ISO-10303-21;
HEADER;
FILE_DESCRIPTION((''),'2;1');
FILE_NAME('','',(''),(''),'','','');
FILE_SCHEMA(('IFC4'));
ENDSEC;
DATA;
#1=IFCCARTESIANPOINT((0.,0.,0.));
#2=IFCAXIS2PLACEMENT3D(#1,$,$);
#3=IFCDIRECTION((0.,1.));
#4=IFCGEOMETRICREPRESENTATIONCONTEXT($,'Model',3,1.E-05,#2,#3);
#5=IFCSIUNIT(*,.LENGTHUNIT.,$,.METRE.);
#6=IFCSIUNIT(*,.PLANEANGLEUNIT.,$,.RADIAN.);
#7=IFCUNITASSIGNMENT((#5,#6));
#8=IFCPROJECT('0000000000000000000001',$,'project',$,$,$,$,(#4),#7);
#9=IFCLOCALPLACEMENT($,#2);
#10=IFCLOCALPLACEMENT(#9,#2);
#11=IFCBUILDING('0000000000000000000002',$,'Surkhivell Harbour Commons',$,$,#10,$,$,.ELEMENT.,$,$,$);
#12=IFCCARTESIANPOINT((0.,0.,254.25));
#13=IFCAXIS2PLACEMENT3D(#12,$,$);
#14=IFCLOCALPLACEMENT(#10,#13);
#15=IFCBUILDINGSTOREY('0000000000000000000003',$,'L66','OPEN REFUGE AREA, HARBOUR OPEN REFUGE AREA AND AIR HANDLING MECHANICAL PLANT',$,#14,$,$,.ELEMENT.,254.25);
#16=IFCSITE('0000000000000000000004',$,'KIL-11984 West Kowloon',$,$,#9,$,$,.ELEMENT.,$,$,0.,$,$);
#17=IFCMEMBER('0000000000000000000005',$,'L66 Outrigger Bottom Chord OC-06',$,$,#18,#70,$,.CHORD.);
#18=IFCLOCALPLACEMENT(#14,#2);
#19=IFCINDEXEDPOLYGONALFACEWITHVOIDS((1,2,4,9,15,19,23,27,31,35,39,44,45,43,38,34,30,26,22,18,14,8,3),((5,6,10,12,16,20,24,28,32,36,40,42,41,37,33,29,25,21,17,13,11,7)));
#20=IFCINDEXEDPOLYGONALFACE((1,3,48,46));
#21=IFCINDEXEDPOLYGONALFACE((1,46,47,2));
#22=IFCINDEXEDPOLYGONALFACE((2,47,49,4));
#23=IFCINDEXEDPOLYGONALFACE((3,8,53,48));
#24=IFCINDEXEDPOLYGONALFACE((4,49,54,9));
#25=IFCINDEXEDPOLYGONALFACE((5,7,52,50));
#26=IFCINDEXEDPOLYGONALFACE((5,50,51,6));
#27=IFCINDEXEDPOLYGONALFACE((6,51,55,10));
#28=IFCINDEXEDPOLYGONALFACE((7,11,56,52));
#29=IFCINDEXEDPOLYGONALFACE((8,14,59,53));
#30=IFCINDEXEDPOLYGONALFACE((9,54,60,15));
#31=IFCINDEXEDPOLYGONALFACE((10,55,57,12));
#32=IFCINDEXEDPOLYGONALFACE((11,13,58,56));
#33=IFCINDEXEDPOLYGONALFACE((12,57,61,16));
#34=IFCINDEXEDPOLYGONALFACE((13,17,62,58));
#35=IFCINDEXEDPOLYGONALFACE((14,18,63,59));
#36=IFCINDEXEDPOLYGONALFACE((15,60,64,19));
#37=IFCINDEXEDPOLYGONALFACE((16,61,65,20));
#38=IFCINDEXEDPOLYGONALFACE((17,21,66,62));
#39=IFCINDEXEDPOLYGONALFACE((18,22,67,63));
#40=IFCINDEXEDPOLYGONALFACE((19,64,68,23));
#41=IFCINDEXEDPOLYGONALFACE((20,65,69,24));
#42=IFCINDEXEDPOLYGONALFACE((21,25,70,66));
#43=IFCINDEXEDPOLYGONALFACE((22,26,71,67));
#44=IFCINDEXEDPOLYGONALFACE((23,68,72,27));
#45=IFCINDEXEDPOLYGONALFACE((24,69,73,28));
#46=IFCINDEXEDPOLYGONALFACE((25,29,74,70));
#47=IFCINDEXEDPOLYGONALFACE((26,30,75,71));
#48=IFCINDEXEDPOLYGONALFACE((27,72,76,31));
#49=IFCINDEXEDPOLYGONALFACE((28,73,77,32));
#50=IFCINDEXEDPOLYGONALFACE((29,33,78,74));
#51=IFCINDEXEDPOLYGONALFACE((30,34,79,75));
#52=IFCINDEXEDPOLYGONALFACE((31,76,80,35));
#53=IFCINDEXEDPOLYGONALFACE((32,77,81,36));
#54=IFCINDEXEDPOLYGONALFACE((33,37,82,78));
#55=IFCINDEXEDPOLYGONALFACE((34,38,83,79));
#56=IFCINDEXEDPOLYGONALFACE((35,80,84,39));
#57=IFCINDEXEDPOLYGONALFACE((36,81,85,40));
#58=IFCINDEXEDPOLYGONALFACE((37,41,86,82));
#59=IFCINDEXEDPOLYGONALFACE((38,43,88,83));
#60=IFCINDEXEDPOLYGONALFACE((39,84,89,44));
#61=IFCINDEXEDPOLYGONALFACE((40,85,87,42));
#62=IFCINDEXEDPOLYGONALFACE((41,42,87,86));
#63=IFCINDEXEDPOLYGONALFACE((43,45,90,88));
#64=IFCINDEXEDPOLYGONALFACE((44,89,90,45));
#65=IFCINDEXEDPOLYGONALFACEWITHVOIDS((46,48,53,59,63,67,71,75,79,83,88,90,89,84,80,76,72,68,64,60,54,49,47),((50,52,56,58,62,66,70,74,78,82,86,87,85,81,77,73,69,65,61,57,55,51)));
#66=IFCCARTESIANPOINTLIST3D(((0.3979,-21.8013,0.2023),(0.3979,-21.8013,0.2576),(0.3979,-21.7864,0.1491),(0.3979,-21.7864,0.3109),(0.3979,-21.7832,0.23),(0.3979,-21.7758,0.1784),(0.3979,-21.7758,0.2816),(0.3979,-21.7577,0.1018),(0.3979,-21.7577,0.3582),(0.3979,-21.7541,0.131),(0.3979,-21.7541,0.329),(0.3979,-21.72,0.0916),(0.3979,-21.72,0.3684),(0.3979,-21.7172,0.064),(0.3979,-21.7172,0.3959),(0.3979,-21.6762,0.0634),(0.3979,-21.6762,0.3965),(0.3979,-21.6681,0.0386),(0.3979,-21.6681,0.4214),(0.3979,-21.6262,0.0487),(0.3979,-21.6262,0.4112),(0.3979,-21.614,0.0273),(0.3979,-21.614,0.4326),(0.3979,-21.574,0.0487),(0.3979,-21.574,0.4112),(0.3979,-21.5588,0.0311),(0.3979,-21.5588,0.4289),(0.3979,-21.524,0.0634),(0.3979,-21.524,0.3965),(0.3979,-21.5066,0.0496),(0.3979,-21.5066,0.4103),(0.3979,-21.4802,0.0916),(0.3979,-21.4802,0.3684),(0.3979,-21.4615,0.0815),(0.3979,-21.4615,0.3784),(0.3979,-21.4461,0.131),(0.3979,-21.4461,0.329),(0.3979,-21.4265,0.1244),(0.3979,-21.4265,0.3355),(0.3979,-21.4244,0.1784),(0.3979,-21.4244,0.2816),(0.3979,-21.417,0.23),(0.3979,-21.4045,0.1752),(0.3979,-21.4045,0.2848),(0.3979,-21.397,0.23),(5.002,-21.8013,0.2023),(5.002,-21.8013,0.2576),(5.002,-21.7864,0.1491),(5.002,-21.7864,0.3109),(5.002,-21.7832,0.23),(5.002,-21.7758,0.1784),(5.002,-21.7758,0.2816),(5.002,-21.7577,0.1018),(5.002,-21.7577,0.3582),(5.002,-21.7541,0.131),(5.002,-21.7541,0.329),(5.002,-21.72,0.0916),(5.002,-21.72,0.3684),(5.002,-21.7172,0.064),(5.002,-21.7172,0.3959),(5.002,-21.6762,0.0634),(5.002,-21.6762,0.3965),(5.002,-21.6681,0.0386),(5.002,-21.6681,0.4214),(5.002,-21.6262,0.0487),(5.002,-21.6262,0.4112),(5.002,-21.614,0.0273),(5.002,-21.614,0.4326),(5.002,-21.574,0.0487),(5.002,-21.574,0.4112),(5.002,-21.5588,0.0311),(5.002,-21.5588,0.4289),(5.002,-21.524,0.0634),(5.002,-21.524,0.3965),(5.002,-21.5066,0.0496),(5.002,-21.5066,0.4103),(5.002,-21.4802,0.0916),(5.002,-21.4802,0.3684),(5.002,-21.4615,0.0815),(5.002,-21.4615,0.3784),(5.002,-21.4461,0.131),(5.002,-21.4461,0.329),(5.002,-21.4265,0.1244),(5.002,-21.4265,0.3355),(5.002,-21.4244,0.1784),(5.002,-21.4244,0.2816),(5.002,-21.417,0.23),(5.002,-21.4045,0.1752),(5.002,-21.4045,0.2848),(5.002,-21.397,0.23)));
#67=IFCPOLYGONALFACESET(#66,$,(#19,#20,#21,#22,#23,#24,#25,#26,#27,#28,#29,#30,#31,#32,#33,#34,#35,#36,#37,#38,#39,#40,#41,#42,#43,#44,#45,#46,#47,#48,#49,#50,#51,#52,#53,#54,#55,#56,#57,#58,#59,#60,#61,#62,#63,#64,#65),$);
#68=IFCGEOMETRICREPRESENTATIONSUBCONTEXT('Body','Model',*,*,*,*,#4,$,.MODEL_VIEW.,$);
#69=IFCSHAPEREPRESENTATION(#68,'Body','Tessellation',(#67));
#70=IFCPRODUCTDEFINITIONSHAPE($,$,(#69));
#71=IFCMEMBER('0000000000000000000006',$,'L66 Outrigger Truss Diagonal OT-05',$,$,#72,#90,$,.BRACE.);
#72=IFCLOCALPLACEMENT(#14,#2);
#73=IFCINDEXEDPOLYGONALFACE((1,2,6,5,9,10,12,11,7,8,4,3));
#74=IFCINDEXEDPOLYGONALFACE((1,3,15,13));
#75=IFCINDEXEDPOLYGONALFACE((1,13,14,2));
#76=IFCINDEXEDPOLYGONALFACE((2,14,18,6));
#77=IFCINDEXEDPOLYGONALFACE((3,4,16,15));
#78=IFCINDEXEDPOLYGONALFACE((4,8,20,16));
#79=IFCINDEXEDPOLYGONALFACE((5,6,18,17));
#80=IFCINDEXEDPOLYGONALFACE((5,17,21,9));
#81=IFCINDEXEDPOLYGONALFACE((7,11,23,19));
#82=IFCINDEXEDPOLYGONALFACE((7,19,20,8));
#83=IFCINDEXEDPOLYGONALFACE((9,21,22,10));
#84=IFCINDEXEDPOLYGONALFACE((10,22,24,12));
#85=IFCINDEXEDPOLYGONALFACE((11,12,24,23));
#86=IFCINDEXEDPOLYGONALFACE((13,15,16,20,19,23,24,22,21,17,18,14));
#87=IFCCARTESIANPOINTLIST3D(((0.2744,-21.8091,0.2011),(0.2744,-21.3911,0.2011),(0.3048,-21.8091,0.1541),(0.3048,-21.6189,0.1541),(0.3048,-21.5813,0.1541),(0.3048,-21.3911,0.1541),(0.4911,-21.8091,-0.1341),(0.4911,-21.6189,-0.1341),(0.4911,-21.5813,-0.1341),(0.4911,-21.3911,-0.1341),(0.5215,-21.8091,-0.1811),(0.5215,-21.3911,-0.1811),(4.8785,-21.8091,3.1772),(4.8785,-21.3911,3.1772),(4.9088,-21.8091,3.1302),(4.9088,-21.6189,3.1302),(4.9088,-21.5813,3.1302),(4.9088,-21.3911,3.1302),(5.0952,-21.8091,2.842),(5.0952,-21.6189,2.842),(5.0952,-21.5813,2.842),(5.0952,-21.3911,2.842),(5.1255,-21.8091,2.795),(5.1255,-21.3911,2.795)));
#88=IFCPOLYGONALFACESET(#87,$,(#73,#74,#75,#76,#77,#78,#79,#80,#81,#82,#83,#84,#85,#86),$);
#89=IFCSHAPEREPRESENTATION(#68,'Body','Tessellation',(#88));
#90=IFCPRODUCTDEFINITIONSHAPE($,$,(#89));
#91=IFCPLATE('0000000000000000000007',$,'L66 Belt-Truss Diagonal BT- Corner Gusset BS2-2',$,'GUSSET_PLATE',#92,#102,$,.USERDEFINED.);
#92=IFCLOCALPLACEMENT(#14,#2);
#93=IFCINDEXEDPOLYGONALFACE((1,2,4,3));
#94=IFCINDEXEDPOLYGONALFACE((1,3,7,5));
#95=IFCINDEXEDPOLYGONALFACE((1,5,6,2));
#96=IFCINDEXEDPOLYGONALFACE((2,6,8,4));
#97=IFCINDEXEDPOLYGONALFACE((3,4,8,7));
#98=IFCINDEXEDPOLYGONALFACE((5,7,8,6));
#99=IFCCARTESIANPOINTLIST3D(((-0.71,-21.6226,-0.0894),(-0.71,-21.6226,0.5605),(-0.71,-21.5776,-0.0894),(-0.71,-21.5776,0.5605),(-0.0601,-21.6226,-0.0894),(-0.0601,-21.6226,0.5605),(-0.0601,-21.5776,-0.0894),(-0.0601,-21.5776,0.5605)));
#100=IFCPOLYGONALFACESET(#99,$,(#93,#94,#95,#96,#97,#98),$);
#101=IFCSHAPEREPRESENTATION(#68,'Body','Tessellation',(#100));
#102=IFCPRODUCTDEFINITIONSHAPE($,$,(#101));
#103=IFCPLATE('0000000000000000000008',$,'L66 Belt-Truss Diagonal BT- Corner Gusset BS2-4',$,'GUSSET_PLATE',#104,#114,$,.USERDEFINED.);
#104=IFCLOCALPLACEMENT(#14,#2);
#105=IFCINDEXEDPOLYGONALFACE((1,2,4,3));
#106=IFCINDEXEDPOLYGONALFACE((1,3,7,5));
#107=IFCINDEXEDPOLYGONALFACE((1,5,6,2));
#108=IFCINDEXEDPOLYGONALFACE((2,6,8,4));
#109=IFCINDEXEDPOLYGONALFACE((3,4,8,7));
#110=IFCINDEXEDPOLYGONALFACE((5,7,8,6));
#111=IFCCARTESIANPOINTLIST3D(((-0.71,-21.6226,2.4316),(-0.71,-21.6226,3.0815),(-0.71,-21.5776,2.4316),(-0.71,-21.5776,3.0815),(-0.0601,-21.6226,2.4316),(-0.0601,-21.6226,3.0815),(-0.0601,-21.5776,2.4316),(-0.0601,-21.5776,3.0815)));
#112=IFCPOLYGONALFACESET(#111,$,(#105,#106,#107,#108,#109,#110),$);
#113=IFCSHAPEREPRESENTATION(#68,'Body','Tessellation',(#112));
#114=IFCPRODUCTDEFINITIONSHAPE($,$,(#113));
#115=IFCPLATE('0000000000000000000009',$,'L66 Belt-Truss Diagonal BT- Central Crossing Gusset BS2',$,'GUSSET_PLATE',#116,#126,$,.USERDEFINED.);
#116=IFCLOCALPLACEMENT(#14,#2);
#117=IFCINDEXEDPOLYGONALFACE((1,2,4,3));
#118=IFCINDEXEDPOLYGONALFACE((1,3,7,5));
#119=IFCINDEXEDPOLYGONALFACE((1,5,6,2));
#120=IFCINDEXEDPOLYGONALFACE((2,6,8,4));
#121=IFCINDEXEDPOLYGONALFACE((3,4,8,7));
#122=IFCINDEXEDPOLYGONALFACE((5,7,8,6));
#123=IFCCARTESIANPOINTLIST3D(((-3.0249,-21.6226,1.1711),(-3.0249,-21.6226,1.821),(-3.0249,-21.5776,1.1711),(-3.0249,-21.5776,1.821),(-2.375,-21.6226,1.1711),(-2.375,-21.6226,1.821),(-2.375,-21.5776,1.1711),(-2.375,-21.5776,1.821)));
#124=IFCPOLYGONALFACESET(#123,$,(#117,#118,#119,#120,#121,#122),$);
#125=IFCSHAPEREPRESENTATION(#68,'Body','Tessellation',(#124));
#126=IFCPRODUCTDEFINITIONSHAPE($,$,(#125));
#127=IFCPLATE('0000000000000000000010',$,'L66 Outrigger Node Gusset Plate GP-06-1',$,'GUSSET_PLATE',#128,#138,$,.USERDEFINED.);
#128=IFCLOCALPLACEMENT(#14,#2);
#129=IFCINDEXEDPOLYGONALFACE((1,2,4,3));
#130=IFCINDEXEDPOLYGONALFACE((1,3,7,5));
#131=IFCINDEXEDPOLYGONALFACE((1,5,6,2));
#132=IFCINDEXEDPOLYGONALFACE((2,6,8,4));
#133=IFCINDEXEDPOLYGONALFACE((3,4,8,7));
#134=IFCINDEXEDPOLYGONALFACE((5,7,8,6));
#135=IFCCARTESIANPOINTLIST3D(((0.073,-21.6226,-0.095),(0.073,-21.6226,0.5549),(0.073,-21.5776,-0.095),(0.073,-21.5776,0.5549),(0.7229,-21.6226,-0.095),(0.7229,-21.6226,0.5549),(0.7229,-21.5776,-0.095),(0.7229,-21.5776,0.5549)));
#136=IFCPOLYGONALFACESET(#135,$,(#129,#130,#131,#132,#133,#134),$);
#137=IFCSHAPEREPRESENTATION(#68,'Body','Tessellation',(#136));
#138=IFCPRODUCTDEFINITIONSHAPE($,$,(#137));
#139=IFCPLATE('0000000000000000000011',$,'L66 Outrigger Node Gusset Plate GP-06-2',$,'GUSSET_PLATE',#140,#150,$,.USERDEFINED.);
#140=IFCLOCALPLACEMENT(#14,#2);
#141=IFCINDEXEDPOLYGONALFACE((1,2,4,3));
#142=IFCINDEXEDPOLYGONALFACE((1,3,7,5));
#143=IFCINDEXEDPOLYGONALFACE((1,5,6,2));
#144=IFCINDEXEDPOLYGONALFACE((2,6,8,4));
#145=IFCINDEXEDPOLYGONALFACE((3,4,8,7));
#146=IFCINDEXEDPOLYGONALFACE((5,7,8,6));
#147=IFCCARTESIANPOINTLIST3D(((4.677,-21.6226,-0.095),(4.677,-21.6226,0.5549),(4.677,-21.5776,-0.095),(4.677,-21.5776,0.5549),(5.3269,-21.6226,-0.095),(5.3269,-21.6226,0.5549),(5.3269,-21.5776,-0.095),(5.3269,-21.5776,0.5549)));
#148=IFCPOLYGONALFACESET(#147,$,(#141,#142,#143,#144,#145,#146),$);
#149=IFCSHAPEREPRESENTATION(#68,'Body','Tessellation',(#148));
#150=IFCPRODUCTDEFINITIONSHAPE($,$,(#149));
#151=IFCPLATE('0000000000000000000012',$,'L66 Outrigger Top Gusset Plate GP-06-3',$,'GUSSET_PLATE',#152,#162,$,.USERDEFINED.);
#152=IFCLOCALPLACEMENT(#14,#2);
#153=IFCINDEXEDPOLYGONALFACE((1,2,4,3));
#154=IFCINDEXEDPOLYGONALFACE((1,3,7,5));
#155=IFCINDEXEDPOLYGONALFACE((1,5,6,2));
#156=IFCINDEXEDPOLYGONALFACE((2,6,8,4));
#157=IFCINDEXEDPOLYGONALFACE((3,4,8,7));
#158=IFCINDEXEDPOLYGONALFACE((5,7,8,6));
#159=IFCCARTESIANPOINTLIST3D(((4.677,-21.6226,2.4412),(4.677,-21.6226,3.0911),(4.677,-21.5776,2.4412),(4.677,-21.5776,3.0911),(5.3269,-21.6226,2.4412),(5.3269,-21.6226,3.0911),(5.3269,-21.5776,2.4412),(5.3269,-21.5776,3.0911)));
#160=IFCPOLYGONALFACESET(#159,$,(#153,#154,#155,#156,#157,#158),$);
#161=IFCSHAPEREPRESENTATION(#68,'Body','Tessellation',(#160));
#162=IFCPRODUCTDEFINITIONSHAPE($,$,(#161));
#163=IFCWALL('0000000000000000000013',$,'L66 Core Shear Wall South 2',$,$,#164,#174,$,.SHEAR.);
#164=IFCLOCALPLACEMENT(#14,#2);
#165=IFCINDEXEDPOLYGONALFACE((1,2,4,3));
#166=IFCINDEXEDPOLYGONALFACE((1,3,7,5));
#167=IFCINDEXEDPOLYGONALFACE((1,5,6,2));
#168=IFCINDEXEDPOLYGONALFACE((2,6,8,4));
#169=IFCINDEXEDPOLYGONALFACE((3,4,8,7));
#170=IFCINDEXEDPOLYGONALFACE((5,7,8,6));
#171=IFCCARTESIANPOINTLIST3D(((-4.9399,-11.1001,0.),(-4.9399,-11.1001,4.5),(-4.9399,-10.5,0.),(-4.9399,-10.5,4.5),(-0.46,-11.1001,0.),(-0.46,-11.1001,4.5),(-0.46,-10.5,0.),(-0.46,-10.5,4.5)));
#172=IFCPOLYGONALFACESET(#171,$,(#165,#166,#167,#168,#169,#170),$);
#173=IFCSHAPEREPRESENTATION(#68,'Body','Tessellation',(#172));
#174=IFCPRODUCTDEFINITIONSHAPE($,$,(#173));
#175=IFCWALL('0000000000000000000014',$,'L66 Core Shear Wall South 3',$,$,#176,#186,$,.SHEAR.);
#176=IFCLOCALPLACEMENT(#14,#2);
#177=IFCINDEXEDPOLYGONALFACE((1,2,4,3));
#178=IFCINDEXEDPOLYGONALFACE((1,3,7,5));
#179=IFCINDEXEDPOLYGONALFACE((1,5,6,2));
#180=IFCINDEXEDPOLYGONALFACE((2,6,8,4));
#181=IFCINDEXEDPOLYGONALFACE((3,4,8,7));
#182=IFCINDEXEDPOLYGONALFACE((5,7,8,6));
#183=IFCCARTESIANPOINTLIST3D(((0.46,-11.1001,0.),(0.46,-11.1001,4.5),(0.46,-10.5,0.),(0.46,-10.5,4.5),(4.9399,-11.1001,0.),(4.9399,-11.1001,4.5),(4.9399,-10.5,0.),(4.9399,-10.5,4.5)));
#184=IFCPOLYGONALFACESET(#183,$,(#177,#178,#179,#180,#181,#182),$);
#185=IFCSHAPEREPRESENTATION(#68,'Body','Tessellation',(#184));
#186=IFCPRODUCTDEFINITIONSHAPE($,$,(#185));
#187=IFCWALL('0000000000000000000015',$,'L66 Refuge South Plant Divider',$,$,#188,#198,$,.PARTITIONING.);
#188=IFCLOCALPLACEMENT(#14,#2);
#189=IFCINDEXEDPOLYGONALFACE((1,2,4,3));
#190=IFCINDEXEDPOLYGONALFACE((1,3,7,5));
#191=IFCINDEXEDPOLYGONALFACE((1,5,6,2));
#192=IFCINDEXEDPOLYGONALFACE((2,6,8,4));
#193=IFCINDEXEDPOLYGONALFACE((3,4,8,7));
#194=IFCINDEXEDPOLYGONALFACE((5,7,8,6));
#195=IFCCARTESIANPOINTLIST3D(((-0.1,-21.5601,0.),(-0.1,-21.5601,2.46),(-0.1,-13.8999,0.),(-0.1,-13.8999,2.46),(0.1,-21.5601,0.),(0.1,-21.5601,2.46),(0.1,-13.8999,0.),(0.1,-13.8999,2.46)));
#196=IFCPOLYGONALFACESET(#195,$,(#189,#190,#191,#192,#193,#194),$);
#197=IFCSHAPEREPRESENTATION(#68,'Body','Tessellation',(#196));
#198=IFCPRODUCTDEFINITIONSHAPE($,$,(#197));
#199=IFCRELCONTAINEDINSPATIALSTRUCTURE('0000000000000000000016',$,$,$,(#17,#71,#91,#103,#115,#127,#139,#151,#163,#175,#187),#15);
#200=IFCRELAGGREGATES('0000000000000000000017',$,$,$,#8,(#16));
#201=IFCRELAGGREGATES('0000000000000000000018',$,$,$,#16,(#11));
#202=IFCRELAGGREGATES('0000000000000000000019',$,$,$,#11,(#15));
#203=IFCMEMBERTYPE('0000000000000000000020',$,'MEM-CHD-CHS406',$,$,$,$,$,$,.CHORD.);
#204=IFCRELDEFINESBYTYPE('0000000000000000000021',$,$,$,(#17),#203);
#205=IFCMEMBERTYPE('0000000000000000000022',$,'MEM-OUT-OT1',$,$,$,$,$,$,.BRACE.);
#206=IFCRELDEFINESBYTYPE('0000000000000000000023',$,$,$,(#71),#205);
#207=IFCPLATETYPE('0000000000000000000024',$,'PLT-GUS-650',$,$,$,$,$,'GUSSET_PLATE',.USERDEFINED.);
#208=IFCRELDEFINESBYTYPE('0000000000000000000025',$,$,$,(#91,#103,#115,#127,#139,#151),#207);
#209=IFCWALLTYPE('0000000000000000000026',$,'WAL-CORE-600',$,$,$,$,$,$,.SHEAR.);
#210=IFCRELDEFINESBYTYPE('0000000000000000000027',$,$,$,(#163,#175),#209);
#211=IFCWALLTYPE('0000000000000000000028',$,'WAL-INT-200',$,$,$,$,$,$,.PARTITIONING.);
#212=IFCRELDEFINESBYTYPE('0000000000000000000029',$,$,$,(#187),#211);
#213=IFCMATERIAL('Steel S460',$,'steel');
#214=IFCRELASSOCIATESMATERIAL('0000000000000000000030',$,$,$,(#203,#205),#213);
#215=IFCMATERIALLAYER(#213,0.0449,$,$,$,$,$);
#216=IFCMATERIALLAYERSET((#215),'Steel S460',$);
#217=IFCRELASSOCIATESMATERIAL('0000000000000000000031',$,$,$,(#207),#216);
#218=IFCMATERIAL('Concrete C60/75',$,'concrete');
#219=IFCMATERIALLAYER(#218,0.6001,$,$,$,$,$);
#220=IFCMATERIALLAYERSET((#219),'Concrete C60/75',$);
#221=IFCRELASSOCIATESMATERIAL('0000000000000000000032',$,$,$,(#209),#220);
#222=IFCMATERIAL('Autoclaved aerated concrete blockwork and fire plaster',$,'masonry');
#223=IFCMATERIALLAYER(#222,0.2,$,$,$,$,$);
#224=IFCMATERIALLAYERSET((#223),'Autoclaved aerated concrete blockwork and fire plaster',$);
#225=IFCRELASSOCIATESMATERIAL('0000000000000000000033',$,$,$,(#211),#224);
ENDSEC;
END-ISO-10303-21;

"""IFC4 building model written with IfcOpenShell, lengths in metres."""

from ifc_helpers import new_model, si_unit, direction, frame, frame_2d, origin, origin_2d, place, context, subcontext, project, spatial, rectangle, hollow_circle, i_section, extrude, material, layer, layer_set, material_profile, profile_set, type_object, element, save


model = new_model("IFC4")

# Units and contexts
model_context = context("Model", 3, precision=1e-05, world=origin(), true_north=direction((0.0, 1.0)))
body_context = subcontext(model_context, "Body", "Model", "MODEL_VIEW")
ifc_project = project(units=[si_unit("LENGTHUNIT", "METRE"), si_unit("PLANEANGLEUNIT", "RADIAN")], contexts=[model_context])

# Site, building, storey
site_placement = place(None, origin())
site = spatial("IfcSite", under=ifc_project, at=site_placement, Name="KIL-11984 West Kowloon", CompositionType="ELEMENT", RefElevation=0.0)
building_placement = place(site_placement, origin())
building = spatial("IfcBuilding", under=site, at=building_placement, Name="Surkhivell Harbour Commons", CompositionType="ELEMENT")
storey_placement = place(building_placement, frame((0.0, 0.0, 254.25)))
storey = spatial("IfcBuildingStorey", under=building, at=storey_placement, Name="L66", Description="OPEN REFUGE AREA, HARBOUR OPEN REFUGE AREA AND AIR HANDLING MECHANICAL PLANT", CompositionType="ELEMENT", Elevation=254.25)

# Shared definitions
ifc_material_1 = material(Name="Concrete C60/75", Category="concrete")

# Shared definitions
ifc_material_2 = material(Name="Steel S460", Category="steel")

# Members
ifc_material_profile_1 = material_profile(ifc_material_2, hollow_circle(Radius=0.2031, WallThickness=0.02, at=origin_2d()), Name="CHS406x20")
ifc_profile_set_1 = profile_set([ifc_material_profile_1], Name="Steel S460")
member_type_1 = type_object("IfcMemberType", Name="MEM-CHD-CHS406", PredefinedType="CHORD", material=ifc_profile_set_1)
member_1_placement = place(storey_placement, frame((0.3979, -21.6001, 0.23), z_axis=(1.0, 0.0, 0.0), x_axis=(0.0, 1.0, 0.0)))
element("IfcMember", 1, at=member_1_placement, inside=storey, type_object=member_type_1, Name="L66 Outrigger Bottom Chord OC-06", PredefinedType="CHORD", context=body_context, shape_type="SweptSolid", body=[
    extrude(hollow_circle(Radius=0.2031, WallThickness=0.02, at=origin_2d()), origin(), (0.0, 0.0, 1.0), 4.604),
])
ifc_material_profile_2 = material_profile(ifc_material_2, i_section(OverallWidth=0.418, OverallDepth=0.4551, WebThickness=0.0376, FlangeThickness=0.0559, at=origin_2d()), Name="HD400x551")
ifc_profile_set_2 = profile_set([ifc_material_profile_2], Name="Steel S460")
member_type_2 = type_object("IfcMemberType", Name="MEM-OUT-OT1", PredefinedType="BRACE", material=ifc_profile_set_2)
member_2_placement = place(storey_placement, frame((0.3979, -21.6001, 0.01), z_axis=(0.839819, 0.0, 0.542867), x_axis=(0.0, 1.0, 0.0)))
element("IfcMember", 2, at=member_2_placement, inside=storey, type_object=member_type_2, Name="L66 Outrigger Truss Diagonal OT-05", PredefinedType="BRACE", context=body_context, shape_type="SweptSolid", body=[
    extrude(i_section(OverallWidth=0.418, OverallDepth=0.4551, WebThickness=0.0376, FlangeThickness=0.0559, at=origin_2d()), origin(), (0.0, 0.0, 1.0), 5.4822),
])

# Plates
ifc_layer_1 = layer(ifc_material_2, 0.0449)
ifc_layer_set_1 = layer_set([ifc_layer_1], Name="Steel S460")
plate_type = type_object("IfcPlateType", Name="PLT-GUS-650", ElementType="GUSSET_PLATE", PredefinedType="USERDEFINED", material=ifc_layer_set_1)
for number, where, z_axis, x_axis, name in (
    (3, (-0.385, -21.6001, -0.0894), (0.0, 0.0, 1.0), (1.0, 0.0, 0.0), "L66 Belt-Truss Diagonal BT- Corner Gusset BS2-2"),
    (4, (-0.385, -21.6001, 2.4316), (0.0, 0.0, 1.0), (1.0, 0.0, 0.0), "L66 Belt-Truss Diagonal BT- Corner Gusset BS2-4"),
    (5, (-2.7, -21.6001, 1.1711), (0.0, 0.0, 1.0), (1.0, 0.0, 0.0), "L66 Belt-Truss Diagonal BT- Central Crossing Gusset BS2"),
    (6, (0.3979, -21.6001, -0.095), (0.0, 0.0, 1.0), (1.0, 0.0, 0.0), "L66 Outrigger Node Gusset Plate GP-06-1"),
    (7, (5.002, -21.6001, -0.095), (0.0, 0.0, 1.0), (1.0, 0.0, 0.0), "L66 Outrigger Node Gusset Plate GP-06-2"),
    (8, (5.002, -21.6001, 2.4412), (0.0, 0.0, 1.0), (1.0, 0.0, 0.0), "L66 Outrigger Top Gusset Plate GP-06-3"),
):
    element("IfcPlate", number, at=place(storey_placement, frame(where, z_axis=z_axis, x_axis=x_axis)), inside=storey, type_object=plate_type, Name=name, ObjectType="GUSSET_PLATE", PredefinedType="USERDEFINED", context=body_context, shape_type="SweptSolid", body=[
        extrude(rectangle(XDim=0.6499, YDim=0.0449, at=origin_2d()), origin(), (0.0, 0.0, 1.0), 0.6499),
    ])

# Walls
ifc_layer_2 = layer(ifc_material_1, 0.6001)
ifc_layer_set_2 = layer_set([ifc_layer_2], Name="Concrete C60/75")
wall_type_1 = type_object("IfcWallType", Name="WAL-CORE-600", PredefinedType="SHEAR", material=ifc_layer_set_2)
for number, where, z_axis, x_axis, name in (
    (9, (-4.9399, -10.8, 0.0), (0.0, 0.0, 1.0), (1.0, 0.0, 0.0), "L66 Core Shear Wall South 2"),
    (10, (0.46, -10.8, 0.0), (0.0, 0.0, 1.0), (1.0, 0.0, 0.0), "L66 Core Shear Wall South 3"),
):
    element("IfcWall", number, at=place(storey_placement, frame(where, z_axis=z_axis, x_axis=x_axis)), inside=storey, type_object=wall_type_1, Name=name, PredefinedType="SHEAR", context=body_context, shape_type="SweptSolid", body=[
        extrude(rectangle(XDim=4.48, YDim=0.6001, at=frame_2d((2.24, 0.0))), origin(), (0.0, 0.0, 1.0), 4.5),
    ])
ifc_material_3 = material(Name="Autoclaved aerated concrete blockwork and fire plaster", Category="masonry")
ifc_layer_3 = layer(ifc_material_3, 0.2)
ifc_layer_set_3 = layer_set([ifc_layer_3], Name="Autoclaved aerated concrete blockwork and fire plaster")
wall_type_2 = type_object("IfcWallType", Name="WAL-INT-200", PredefinedType="PARTITIONING", material=ifc_layer_set_3)
wall_placement = place(storey_placement, frame((0.0, -21.5601, 0.0), z_axis=(0.0, 0.0, 1.0), x_axis=(0.0, 1.0, 0.0)))
element("IfcWall", 11, at=wall_placement, inside=storey, type_object=wall_type_2, Name="L66 Refuge South Plant Divider", PredefinedType="PARTITIONING", context=body_context, shape_type="SweptSolid", body=[
    extrude(rectangle(XDim=7.6602, YDim=0.2, at=frame_2d((3.8301, 0.0))), origin(), (0.0, 0.0, 1.0), 2.46),
])

save(model, "model.ifc")
